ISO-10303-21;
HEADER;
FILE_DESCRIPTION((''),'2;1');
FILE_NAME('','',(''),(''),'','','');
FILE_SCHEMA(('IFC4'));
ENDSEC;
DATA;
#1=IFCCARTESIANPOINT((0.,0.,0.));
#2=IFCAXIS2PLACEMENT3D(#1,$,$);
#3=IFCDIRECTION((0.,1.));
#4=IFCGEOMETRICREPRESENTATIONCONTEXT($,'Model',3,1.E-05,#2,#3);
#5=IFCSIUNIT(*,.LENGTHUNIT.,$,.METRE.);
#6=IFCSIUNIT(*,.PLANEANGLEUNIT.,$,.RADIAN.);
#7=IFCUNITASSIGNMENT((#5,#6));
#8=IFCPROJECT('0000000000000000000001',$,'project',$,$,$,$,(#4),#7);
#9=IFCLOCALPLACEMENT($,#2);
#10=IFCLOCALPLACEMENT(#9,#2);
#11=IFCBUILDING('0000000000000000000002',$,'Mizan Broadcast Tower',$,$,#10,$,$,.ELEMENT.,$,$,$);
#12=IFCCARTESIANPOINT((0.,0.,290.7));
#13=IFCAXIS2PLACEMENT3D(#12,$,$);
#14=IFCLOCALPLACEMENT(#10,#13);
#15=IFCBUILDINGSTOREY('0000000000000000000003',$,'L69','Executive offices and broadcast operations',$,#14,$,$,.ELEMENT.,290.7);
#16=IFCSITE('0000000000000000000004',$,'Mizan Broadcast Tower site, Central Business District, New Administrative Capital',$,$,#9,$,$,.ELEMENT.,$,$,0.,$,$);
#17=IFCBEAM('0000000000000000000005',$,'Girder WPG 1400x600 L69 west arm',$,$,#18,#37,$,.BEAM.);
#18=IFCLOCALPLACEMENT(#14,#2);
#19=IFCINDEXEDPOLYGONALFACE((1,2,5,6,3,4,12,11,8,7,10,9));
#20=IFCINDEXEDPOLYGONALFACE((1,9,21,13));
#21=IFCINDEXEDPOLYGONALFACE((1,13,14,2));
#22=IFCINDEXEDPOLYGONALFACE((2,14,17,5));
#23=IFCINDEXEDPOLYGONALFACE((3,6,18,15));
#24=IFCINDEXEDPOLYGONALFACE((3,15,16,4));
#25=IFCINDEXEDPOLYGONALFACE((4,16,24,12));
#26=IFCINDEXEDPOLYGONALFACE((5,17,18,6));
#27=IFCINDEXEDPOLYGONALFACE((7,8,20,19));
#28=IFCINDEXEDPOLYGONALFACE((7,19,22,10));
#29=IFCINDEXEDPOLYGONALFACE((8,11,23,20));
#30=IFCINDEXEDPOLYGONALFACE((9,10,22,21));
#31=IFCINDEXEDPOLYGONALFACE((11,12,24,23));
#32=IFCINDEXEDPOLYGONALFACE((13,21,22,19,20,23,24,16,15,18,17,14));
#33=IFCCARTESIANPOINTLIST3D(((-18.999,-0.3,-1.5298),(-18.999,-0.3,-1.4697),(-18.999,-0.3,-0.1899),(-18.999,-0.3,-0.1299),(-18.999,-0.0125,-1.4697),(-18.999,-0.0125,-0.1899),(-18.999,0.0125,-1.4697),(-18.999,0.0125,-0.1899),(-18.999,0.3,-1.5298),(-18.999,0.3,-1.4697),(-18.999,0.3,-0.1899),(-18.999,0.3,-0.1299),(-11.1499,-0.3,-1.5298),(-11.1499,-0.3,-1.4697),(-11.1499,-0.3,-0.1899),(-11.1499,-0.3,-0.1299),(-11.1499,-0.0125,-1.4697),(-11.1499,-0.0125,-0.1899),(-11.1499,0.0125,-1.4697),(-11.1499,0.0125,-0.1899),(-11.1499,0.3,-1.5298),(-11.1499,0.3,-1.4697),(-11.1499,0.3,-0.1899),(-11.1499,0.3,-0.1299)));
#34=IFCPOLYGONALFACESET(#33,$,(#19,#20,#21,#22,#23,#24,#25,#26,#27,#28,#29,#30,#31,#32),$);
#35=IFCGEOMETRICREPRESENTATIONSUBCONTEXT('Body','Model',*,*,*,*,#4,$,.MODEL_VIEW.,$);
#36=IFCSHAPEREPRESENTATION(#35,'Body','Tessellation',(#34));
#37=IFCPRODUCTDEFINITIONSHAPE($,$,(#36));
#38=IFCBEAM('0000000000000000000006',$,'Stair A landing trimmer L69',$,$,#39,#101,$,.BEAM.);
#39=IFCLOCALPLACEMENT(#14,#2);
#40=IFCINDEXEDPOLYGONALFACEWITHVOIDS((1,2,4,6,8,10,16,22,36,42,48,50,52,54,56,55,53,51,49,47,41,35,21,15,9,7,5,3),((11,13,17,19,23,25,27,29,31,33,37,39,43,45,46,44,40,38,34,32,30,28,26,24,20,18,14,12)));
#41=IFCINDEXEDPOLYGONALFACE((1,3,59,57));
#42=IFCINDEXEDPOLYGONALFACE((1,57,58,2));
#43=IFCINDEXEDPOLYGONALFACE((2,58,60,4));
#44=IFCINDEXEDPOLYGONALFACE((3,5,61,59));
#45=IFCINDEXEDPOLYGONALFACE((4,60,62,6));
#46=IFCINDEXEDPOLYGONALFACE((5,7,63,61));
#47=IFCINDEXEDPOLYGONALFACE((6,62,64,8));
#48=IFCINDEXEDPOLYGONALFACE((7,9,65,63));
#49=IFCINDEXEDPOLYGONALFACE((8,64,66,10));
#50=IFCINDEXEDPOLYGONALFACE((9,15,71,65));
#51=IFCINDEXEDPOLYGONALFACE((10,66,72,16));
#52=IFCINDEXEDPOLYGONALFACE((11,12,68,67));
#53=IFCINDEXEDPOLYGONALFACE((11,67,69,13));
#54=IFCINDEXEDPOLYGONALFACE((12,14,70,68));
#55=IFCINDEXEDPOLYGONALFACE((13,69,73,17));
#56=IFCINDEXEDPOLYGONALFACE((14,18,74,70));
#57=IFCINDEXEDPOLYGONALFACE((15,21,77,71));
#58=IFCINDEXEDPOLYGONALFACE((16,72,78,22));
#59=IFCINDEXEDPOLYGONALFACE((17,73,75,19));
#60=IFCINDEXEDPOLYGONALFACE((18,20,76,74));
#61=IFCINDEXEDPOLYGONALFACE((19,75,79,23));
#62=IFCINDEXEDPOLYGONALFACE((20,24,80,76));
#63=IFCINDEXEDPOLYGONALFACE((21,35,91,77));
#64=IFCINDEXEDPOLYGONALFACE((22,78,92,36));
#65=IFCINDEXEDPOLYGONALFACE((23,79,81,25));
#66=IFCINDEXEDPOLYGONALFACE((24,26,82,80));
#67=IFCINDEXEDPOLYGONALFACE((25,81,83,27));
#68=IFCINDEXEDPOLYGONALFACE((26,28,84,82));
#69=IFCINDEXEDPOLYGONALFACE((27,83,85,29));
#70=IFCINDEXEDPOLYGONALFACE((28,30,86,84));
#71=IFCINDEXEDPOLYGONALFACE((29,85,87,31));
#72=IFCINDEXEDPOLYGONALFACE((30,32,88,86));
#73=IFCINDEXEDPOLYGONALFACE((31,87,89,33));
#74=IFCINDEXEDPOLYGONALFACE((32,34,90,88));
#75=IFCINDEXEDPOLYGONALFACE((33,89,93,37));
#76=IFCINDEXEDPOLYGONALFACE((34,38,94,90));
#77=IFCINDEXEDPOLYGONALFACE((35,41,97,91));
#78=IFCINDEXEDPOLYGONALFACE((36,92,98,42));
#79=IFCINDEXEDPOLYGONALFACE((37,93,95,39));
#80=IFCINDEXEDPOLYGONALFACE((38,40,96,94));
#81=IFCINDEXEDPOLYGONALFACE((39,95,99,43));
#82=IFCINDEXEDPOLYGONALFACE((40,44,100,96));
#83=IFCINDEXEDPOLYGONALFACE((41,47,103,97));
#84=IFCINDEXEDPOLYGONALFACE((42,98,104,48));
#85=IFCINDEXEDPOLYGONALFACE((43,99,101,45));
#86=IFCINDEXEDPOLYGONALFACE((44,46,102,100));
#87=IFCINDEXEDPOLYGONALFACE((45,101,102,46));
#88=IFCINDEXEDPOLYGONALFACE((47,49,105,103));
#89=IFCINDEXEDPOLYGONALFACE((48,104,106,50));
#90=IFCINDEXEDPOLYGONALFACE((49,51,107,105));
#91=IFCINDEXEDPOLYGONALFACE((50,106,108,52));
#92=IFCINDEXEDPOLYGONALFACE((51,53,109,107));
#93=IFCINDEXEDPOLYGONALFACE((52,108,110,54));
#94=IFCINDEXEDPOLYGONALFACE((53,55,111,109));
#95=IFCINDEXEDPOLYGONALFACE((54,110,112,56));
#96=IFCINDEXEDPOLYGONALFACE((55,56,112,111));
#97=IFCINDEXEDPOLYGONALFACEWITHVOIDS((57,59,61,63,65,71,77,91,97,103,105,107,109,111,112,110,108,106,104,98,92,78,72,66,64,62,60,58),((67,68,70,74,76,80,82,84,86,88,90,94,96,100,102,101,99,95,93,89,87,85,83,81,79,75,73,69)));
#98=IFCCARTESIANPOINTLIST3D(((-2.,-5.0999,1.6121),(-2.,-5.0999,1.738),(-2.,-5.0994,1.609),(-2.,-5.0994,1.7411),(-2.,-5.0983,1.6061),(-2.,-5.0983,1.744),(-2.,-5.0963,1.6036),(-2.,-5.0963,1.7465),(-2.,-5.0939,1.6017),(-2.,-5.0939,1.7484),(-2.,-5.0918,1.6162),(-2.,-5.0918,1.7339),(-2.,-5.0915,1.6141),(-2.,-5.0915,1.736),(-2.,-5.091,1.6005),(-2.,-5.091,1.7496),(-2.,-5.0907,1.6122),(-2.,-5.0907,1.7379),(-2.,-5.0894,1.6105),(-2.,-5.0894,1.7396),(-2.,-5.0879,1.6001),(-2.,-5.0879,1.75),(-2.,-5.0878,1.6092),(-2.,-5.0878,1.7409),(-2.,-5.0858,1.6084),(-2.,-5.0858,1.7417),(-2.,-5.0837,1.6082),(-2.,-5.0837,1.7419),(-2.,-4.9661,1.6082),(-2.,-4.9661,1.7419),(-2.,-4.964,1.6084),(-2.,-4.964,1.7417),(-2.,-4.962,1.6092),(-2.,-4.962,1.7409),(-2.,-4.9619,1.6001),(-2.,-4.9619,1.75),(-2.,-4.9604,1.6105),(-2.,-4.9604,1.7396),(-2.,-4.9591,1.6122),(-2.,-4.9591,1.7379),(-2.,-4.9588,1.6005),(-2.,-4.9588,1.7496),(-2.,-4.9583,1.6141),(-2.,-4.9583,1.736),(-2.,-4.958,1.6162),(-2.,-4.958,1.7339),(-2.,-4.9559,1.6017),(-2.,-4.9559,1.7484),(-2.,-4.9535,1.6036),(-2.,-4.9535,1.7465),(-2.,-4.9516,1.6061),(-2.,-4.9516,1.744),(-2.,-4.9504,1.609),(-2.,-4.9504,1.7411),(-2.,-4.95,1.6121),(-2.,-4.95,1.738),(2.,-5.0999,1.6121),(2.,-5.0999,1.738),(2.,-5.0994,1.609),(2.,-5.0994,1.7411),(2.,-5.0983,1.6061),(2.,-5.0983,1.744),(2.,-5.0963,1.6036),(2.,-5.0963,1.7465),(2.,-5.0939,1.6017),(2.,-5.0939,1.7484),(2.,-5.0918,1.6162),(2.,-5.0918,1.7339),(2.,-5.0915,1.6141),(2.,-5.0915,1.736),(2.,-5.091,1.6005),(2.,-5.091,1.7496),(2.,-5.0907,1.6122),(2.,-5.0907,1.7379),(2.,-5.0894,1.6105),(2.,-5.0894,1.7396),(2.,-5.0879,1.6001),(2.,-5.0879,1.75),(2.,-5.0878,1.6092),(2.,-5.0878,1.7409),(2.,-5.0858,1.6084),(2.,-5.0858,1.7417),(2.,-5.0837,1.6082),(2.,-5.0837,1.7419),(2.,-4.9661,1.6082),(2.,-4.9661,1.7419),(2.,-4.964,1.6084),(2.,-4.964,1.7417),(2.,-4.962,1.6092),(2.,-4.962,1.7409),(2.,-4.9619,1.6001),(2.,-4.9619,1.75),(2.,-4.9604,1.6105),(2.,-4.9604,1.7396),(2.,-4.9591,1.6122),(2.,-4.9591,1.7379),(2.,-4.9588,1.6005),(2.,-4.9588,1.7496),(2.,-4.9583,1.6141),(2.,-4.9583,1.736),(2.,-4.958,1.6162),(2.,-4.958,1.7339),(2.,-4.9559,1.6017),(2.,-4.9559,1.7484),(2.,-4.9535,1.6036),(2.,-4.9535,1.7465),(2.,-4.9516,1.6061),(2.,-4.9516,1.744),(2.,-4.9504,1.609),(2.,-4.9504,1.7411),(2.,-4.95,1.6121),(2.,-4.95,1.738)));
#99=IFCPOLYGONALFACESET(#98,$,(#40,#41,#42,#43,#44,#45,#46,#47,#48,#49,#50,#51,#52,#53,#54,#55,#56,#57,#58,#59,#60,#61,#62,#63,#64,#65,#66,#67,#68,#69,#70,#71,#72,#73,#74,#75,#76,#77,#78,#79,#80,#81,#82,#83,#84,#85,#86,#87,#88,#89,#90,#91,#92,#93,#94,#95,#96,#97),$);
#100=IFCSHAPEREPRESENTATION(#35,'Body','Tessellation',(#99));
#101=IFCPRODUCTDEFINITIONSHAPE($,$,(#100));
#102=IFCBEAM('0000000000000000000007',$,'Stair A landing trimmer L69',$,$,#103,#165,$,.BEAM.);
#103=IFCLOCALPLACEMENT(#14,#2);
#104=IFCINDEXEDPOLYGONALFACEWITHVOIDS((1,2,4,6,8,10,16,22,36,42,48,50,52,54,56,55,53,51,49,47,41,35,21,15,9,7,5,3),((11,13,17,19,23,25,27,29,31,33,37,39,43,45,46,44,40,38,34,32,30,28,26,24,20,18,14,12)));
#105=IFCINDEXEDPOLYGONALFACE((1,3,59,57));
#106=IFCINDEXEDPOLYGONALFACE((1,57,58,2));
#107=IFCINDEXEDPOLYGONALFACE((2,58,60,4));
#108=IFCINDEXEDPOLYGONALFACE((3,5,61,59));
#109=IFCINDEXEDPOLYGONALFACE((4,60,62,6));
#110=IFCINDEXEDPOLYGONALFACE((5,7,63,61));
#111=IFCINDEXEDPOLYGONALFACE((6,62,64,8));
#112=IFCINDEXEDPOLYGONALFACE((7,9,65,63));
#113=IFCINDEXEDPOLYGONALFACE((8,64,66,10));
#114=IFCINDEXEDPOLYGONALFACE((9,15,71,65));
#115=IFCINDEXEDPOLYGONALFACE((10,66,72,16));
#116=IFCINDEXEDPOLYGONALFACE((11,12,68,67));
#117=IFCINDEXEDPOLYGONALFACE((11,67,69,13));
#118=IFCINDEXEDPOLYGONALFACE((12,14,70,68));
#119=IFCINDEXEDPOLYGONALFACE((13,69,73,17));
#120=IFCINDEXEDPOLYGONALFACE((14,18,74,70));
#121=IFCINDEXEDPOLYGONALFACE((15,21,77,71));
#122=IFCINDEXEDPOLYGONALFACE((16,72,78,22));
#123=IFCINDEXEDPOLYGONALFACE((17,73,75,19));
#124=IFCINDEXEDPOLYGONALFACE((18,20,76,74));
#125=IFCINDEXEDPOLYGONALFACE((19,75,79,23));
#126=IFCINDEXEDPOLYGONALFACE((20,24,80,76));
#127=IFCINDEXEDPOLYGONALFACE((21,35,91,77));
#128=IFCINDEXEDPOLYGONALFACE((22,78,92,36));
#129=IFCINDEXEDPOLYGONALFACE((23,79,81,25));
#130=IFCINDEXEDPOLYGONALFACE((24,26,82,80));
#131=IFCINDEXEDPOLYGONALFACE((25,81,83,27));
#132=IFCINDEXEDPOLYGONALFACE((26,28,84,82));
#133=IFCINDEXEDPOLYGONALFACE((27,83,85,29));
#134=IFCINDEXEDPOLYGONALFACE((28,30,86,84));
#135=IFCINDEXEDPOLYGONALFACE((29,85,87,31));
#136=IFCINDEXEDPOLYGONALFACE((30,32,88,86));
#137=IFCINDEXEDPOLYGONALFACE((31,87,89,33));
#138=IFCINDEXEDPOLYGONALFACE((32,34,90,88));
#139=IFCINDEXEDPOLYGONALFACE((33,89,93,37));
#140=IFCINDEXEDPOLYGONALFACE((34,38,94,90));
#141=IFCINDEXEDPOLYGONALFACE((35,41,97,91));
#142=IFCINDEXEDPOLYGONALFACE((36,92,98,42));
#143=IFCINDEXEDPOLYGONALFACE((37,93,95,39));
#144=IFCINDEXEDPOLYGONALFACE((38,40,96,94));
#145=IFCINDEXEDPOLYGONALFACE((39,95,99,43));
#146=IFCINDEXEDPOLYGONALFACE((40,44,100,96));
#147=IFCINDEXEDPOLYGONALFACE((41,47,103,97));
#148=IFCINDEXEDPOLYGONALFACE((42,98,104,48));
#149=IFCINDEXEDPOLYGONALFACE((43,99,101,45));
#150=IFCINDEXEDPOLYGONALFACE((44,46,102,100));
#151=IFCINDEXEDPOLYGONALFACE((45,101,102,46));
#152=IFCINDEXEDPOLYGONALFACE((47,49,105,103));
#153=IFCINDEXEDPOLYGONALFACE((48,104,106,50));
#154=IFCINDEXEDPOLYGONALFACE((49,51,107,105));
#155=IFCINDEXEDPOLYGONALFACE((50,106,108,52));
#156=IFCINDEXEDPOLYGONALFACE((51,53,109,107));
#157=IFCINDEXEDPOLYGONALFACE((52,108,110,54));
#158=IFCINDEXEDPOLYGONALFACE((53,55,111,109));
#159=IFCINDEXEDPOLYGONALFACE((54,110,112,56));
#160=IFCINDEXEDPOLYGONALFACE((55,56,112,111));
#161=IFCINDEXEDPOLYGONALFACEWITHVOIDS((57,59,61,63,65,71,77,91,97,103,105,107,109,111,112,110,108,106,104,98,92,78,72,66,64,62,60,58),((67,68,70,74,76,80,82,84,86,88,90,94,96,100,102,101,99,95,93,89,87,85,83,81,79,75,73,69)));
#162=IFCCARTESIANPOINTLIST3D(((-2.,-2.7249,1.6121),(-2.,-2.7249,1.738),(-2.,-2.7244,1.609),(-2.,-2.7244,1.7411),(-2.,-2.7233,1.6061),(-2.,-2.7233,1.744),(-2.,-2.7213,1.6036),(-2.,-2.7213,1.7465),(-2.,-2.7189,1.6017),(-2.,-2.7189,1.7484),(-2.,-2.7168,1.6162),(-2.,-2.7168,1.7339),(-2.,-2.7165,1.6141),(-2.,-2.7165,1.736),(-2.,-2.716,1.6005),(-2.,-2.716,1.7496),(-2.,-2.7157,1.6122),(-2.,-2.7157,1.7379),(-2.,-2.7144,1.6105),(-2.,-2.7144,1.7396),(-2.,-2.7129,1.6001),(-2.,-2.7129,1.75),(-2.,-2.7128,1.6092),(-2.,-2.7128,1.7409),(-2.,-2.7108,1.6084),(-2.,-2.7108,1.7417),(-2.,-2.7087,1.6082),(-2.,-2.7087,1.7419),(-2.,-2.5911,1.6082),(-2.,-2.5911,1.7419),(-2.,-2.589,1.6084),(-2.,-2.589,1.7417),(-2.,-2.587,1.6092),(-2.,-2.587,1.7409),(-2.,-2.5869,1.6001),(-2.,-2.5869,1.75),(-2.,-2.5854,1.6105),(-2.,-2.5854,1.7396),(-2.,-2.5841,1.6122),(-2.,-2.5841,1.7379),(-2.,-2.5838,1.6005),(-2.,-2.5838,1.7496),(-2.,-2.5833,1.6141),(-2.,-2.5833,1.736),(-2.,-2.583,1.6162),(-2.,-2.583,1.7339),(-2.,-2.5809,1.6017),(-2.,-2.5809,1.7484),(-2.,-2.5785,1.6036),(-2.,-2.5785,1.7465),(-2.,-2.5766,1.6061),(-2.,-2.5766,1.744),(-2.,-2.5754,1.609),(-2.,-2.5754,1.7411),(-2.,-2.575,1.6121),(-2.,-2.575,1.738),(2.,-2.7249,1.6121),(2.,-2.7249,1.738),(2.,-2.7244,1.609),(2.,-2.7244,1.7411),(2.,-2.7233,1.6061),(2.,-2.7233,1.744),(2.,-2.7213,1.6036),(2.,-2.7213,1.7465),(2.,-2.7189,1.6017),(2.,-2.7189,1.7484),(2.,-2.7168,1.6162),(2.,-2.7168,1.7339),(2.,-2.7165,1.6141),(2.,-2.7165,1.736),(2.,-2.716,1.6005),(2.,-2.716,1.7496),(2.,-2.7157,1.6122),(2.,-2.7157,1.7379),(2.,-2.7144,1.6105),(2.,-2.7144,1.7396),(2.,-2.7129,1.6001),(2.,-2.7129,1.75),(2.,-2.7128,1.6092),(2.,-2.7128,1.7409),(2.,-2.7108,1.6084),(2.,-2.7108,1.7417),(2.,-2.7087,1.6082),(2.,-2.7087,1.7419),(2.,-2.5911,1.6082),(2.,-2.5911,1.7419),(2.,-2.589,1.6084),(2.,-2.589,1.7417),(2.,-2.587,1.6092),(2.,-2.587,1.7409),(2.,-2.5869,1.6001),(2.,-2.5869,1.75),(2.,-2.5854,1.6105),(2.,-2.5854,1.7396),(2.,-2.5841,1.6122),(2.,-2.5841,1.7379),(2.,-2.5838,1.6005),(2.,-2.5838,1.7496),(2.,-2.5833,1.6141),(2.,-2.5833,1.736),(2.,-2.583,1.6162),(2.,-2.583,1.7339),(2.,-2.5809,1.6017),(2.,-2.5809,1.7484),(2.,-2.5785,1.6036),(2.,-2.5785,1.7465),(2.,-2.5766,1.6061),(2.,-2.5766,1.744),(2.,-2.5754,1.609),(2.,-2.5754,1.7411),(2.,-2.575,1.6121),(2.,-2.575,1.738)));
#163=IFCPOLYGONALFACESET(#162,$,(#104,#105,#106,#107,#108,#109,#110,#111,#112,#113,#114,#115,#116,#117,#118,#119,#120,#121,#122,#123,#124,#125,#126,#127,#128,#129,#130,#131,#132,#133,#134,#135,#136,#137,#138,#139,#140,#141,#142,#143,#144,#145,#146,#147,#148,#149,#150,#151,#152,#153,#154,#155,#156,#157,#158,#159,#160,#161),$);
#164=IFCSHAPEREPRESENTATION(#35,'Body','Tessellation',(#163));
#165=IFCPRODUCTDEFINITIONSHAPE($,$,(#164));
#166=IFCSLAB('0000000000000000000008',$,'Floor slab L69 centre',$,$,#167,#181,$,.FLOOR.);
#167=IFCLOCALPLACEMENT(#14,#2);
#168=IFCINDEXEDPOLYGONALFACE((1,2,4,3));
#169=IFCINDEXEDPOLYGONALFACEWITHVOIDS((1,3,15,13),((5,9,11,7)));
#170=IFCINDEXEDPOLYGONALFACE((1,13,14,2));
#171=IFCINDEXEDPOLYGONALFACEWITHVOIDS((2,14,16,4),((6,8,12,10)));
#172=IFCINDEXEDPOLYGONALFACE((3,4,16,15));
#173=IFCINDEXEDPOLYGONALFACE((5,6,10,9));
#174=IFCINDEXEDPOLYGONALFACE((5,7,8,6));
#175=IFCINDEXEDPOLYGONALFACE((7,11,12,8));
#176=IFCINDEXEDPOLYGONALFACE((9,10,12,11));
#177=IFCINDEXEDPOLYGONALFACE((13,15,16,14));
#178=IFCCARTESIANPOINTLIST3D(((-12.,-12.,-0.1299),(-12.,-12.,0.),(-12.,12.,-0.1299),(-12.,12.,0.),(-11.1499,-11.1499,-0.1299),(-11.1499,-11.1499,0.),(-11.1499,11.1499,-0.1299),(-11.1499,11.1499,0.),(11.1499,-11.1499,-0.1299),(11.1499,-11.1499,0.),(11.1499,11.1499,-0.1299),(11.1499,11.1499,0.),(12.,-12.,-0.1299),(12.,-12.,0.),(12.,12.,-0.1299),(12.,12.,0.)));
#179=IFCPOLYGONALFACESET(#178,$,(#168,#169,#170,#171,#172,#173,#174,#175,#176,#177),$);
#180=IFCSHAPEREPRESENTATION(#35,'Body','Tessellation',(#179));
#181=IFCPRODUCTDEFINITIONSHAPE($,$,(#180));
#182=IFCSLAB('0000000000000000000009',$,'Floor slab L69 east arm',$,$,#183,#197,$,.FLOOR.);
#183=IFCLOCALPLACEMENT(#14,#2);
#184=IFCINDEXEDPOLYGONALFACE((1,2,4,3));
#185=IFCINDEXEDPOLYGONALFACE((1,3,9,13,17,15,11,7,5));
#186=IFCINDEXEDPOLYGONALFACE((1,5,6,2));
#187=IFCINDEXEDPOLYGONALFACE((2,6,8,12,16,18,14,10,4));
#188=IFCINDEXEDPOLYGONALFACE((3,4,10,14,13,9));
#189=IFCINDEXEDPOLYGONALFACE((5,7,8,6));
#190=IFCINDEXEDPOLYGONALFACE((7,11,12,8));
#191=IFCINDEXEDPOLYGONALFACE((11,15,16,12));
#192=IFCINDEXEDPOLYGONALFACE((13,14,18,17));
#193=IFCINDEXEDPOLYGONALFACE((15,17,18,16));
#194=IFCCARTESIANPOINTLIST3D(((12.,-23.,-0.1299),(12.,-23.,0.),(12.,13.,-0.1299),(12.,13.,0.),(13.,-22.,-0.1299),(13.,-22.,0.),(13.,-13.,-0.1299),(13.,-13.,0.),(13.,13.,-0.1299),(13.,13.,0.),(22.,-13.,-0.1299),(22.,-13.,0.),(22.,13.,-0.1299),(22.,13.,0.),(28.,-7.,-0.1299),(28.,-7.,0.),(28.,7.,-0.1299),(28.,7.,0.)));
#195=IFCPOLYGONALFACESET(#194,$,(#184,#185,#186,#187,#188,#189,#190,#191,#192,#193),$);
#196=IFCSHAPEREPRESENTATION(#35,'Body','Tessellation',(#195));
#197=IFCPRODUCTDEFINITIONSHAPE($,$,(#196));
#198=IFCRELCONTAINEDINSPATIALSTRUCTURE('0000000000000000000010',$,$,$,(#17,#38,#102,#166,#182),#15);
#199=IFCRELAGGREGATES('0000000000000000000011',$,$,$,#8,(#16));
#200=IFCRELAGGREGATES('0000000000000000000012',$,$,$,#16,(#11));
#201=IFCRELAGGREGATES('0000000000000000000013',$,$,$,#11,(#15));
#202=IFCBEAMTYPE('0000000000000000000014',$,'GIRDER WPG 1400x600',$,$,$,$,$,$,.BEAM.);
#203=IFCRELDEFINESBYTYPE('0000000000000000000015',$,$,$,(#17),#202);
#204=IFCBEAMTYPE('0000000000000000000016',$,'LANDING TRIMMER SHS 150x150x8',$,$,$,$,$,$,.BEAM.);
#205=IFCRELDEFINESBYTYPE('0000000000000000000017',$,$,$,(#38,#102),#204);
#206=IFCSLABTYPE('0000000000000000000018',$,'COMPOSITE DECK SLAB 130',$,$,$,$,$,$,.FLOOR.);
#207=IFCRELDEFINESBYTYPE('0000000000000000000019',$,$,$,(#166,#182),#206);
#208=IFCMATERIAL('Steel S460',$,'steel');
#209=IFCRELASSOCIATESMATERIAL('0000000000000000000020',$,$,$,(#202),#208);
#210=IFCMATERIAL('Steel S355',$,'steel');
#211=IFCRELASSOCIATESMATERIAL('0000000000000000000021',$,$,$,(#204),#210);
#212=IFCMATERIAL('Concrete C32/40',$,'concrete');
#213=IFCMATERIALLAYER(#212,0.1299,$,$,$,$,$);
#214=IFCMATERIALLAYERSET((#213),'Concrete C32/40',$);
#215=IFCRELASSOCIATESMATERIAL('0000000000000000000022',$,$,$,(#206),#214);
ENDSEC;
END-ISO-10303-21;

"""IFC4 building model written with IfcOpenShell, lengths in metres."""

from ifc_helpers import new_model, si_unit, direction, frame, origin, origin_2d, place, context, subcontext, project, spatial, polyline, hollow_rectangle, i_section, outline, extrude, material, layer, layer_set, material_profile, profile_set, type_object, element, save


model = new_model("IFC4")

# Units and contexts
model_context = context("Model", 3, precision=1e-05, world=origin(), true_north=direction((0.0, 1.0)))
body_context = subcontext(model_context, "Body", "Model", "MODEL_VIEW")
ifc_project = project(units=[si_unit("LENGTHUNIT", "METRE"), si_unit("PLANEANGLEUNIT", "RADIAN")], contexts=[model_context])

# Site, building, storey
site_placement = place(None, origin())
site = spatial("IfcSite", under=ifc_project, at=site_placement, Name="Mizan Broadcast Tower site, Central Business District, New Administrative Capital", CompositionType="ELEMENT", RefElevation=0.0)
building_placement = place(site_placement, origin())
building = spatial("IfcBuilding", under=site, at=building_placement, Name="Mizan Broadcast Tower", CompositionType="ELEMENT")
storey_placement = place(building_placement, frame((0.0, 0.0, 290.7)))
storey = spatial("IfcBuildingStorey", under=building, at=storey_placement, Name="L69", Description="Executive offices and broadcast operations", CompositionType="ELEMENT", Elevation=290.7)

# Beams
ifc_material_1 = material(Name="Steel S460", Category="steel")
ifc_material_profile_1 = material_profile(ifc_material_1, i_section(OverallWidth=0.6001, OverallDepth=1.3999, WebThickness=0.0249, FlangeThickness=0.0601, at=origin_2d()), Name="WPG 1400x600")
ifc_profile_set_1 = profile_set([ifc_material_profile_1], Name="Steel S460")
beam_type_1 = type_object("IfcBeamType", Name="GIRDER WPG 1400x600", PredefinedType="BEAM", material=ifc_profile_set_1)
beam_placement = place(storey_placement, frame((-11.1499, 0.0, -0.8298), z_axis=(-1.0, 0.0, 0.0), x_axis=(0.0, -1.0, 0.0)))
element("IfcBeam", 1, at=beam_placement, inside=storey, type_object=beam_type_1, Name="Girder WPG 1400x600 L69 west arm", PredefinedType="BEAM", context=body_context, shape_type="SweptSolid", body=[
    extrude(i_section(OverallWidth=0.6001, OverallDepth=1.3999, WebThickness=0.0249, FlangeThickness=0.0601, at=origin_2d()), origin(), (0.0, 0.0, 1.0), 7.8491),
])
ifc_material_2 = material(Name="Steel S355", Category="steel")
ifc_material_profile_2 = material_profile(ifc_material_2, hollow_rectangle(XDim=0.1499, YDim=0.1499, WallThickness=0.0081, InnerFilletRadius=0.0081, OuterFilletRadius=0.012, at=origin_2d()), Name="SHS 150x150x8")
ifc_profile_set_2 = profile_set([ifc_material_profile_2], Name="Steel S355")
beam_type_2 = type_object("IfcBeamType", Name="LANDING TRIMMER SHS 150x150x8", PredefinedType="BEAM", material=ifc_profile_set_2)
for number, where, z_axis, x_axis, name in (
    (2, (-2.0, -5.0249, 1.675), (1.0, 0.0, 0.0), (0.0, 1.0, 0.0), "Stair A landing trimmer L69"),
    (3, (-2.0, -2.6499, 1.675), (1.0, 0.0, 0.0), (0.0, 1.0, 0.0), "Stair A landing trimmer L69"),
):
    element("IfcBeam", number, at=place(storey_placement, frame(where, z_axis=z_axis, x_axis=x_axis)), inside=storey, type_object=beam_type_2, Name=name, PredefinedType="BEAM", context=body_context, shape_type="SweptSolid", body=[
        extrude(hollow_rectangle(XDim=0.1499, YDim=0.1499, WallThickness=0.0081, InnerFilletRadius=0.0081, OuterFilletRadius=0.012, at=origin_2d()), origin(), (0.0, 0.0, 1.0), 4.0),
    ])

# Slabs
ifc_material_3 = material(Name="Concrete C32/40", Category="concrete")
ifc_layer_1 = layer(ifc_material_3, 0.1299)
ifc_layer_set_1 = layer_set([ifc_layer_1], Name="Concrete C32/40")
slab_type = type_object("IfcSlabType", Name="COMPOSITE DECK SLAB 130", PredefinedType="FLOOR", material=ifc_layer_set_1)
slab_1_placement = place(storey_placement, frame((0.0, 0.0, -0.1299)))
element("IfcSlab", 4, at=slab_1_placement, inside=storey, type_object=slab_type, Name="Floor slab L69 centre", PredefinedType="FLOOR", context=body_context, shape_type="SweptSolid", body=[
    extrude(outline(polyline([(-12.0, -12.0), (12.0, -12.0), (12.0, 12.0), (-12.0, 12.0), (-12.0, -12.0)]), holes=[polyline([(-11.1499, 11.1499), (11.1499, 11.1499), (11.1499, -11.1499), (-11.1499, -11.1499), (-11.1499, 11.1499)])]), origin(), (0.0, 0.0, 1.0), 0.1299),
])
slab_2_placement = place(storey_placement, frame((0.0, 0.0, -0.1299)))
element("IfcSlab", 5, at=slab_2_placement, inside=storey, type_object=slab_type, Name="Floor slab L69 east arm", PredefinedType="FLOOR", context=body_context, shape_type="SweptSolid", body=[
    extrude(outline(polyline([(12.0, -23.0), (13.0, -22.0), (13.0, -13.0), (22.0, -13.0), (28.0, -7.0), (28.0, 7.0), (22.0, 13.0), (13.0, 13.0), (12.0, 13.0), (12.0, -23.0)])), origin(), (0.0, 0.0, 1.0), 0.1299),
])

save(model, "model.ifc")
